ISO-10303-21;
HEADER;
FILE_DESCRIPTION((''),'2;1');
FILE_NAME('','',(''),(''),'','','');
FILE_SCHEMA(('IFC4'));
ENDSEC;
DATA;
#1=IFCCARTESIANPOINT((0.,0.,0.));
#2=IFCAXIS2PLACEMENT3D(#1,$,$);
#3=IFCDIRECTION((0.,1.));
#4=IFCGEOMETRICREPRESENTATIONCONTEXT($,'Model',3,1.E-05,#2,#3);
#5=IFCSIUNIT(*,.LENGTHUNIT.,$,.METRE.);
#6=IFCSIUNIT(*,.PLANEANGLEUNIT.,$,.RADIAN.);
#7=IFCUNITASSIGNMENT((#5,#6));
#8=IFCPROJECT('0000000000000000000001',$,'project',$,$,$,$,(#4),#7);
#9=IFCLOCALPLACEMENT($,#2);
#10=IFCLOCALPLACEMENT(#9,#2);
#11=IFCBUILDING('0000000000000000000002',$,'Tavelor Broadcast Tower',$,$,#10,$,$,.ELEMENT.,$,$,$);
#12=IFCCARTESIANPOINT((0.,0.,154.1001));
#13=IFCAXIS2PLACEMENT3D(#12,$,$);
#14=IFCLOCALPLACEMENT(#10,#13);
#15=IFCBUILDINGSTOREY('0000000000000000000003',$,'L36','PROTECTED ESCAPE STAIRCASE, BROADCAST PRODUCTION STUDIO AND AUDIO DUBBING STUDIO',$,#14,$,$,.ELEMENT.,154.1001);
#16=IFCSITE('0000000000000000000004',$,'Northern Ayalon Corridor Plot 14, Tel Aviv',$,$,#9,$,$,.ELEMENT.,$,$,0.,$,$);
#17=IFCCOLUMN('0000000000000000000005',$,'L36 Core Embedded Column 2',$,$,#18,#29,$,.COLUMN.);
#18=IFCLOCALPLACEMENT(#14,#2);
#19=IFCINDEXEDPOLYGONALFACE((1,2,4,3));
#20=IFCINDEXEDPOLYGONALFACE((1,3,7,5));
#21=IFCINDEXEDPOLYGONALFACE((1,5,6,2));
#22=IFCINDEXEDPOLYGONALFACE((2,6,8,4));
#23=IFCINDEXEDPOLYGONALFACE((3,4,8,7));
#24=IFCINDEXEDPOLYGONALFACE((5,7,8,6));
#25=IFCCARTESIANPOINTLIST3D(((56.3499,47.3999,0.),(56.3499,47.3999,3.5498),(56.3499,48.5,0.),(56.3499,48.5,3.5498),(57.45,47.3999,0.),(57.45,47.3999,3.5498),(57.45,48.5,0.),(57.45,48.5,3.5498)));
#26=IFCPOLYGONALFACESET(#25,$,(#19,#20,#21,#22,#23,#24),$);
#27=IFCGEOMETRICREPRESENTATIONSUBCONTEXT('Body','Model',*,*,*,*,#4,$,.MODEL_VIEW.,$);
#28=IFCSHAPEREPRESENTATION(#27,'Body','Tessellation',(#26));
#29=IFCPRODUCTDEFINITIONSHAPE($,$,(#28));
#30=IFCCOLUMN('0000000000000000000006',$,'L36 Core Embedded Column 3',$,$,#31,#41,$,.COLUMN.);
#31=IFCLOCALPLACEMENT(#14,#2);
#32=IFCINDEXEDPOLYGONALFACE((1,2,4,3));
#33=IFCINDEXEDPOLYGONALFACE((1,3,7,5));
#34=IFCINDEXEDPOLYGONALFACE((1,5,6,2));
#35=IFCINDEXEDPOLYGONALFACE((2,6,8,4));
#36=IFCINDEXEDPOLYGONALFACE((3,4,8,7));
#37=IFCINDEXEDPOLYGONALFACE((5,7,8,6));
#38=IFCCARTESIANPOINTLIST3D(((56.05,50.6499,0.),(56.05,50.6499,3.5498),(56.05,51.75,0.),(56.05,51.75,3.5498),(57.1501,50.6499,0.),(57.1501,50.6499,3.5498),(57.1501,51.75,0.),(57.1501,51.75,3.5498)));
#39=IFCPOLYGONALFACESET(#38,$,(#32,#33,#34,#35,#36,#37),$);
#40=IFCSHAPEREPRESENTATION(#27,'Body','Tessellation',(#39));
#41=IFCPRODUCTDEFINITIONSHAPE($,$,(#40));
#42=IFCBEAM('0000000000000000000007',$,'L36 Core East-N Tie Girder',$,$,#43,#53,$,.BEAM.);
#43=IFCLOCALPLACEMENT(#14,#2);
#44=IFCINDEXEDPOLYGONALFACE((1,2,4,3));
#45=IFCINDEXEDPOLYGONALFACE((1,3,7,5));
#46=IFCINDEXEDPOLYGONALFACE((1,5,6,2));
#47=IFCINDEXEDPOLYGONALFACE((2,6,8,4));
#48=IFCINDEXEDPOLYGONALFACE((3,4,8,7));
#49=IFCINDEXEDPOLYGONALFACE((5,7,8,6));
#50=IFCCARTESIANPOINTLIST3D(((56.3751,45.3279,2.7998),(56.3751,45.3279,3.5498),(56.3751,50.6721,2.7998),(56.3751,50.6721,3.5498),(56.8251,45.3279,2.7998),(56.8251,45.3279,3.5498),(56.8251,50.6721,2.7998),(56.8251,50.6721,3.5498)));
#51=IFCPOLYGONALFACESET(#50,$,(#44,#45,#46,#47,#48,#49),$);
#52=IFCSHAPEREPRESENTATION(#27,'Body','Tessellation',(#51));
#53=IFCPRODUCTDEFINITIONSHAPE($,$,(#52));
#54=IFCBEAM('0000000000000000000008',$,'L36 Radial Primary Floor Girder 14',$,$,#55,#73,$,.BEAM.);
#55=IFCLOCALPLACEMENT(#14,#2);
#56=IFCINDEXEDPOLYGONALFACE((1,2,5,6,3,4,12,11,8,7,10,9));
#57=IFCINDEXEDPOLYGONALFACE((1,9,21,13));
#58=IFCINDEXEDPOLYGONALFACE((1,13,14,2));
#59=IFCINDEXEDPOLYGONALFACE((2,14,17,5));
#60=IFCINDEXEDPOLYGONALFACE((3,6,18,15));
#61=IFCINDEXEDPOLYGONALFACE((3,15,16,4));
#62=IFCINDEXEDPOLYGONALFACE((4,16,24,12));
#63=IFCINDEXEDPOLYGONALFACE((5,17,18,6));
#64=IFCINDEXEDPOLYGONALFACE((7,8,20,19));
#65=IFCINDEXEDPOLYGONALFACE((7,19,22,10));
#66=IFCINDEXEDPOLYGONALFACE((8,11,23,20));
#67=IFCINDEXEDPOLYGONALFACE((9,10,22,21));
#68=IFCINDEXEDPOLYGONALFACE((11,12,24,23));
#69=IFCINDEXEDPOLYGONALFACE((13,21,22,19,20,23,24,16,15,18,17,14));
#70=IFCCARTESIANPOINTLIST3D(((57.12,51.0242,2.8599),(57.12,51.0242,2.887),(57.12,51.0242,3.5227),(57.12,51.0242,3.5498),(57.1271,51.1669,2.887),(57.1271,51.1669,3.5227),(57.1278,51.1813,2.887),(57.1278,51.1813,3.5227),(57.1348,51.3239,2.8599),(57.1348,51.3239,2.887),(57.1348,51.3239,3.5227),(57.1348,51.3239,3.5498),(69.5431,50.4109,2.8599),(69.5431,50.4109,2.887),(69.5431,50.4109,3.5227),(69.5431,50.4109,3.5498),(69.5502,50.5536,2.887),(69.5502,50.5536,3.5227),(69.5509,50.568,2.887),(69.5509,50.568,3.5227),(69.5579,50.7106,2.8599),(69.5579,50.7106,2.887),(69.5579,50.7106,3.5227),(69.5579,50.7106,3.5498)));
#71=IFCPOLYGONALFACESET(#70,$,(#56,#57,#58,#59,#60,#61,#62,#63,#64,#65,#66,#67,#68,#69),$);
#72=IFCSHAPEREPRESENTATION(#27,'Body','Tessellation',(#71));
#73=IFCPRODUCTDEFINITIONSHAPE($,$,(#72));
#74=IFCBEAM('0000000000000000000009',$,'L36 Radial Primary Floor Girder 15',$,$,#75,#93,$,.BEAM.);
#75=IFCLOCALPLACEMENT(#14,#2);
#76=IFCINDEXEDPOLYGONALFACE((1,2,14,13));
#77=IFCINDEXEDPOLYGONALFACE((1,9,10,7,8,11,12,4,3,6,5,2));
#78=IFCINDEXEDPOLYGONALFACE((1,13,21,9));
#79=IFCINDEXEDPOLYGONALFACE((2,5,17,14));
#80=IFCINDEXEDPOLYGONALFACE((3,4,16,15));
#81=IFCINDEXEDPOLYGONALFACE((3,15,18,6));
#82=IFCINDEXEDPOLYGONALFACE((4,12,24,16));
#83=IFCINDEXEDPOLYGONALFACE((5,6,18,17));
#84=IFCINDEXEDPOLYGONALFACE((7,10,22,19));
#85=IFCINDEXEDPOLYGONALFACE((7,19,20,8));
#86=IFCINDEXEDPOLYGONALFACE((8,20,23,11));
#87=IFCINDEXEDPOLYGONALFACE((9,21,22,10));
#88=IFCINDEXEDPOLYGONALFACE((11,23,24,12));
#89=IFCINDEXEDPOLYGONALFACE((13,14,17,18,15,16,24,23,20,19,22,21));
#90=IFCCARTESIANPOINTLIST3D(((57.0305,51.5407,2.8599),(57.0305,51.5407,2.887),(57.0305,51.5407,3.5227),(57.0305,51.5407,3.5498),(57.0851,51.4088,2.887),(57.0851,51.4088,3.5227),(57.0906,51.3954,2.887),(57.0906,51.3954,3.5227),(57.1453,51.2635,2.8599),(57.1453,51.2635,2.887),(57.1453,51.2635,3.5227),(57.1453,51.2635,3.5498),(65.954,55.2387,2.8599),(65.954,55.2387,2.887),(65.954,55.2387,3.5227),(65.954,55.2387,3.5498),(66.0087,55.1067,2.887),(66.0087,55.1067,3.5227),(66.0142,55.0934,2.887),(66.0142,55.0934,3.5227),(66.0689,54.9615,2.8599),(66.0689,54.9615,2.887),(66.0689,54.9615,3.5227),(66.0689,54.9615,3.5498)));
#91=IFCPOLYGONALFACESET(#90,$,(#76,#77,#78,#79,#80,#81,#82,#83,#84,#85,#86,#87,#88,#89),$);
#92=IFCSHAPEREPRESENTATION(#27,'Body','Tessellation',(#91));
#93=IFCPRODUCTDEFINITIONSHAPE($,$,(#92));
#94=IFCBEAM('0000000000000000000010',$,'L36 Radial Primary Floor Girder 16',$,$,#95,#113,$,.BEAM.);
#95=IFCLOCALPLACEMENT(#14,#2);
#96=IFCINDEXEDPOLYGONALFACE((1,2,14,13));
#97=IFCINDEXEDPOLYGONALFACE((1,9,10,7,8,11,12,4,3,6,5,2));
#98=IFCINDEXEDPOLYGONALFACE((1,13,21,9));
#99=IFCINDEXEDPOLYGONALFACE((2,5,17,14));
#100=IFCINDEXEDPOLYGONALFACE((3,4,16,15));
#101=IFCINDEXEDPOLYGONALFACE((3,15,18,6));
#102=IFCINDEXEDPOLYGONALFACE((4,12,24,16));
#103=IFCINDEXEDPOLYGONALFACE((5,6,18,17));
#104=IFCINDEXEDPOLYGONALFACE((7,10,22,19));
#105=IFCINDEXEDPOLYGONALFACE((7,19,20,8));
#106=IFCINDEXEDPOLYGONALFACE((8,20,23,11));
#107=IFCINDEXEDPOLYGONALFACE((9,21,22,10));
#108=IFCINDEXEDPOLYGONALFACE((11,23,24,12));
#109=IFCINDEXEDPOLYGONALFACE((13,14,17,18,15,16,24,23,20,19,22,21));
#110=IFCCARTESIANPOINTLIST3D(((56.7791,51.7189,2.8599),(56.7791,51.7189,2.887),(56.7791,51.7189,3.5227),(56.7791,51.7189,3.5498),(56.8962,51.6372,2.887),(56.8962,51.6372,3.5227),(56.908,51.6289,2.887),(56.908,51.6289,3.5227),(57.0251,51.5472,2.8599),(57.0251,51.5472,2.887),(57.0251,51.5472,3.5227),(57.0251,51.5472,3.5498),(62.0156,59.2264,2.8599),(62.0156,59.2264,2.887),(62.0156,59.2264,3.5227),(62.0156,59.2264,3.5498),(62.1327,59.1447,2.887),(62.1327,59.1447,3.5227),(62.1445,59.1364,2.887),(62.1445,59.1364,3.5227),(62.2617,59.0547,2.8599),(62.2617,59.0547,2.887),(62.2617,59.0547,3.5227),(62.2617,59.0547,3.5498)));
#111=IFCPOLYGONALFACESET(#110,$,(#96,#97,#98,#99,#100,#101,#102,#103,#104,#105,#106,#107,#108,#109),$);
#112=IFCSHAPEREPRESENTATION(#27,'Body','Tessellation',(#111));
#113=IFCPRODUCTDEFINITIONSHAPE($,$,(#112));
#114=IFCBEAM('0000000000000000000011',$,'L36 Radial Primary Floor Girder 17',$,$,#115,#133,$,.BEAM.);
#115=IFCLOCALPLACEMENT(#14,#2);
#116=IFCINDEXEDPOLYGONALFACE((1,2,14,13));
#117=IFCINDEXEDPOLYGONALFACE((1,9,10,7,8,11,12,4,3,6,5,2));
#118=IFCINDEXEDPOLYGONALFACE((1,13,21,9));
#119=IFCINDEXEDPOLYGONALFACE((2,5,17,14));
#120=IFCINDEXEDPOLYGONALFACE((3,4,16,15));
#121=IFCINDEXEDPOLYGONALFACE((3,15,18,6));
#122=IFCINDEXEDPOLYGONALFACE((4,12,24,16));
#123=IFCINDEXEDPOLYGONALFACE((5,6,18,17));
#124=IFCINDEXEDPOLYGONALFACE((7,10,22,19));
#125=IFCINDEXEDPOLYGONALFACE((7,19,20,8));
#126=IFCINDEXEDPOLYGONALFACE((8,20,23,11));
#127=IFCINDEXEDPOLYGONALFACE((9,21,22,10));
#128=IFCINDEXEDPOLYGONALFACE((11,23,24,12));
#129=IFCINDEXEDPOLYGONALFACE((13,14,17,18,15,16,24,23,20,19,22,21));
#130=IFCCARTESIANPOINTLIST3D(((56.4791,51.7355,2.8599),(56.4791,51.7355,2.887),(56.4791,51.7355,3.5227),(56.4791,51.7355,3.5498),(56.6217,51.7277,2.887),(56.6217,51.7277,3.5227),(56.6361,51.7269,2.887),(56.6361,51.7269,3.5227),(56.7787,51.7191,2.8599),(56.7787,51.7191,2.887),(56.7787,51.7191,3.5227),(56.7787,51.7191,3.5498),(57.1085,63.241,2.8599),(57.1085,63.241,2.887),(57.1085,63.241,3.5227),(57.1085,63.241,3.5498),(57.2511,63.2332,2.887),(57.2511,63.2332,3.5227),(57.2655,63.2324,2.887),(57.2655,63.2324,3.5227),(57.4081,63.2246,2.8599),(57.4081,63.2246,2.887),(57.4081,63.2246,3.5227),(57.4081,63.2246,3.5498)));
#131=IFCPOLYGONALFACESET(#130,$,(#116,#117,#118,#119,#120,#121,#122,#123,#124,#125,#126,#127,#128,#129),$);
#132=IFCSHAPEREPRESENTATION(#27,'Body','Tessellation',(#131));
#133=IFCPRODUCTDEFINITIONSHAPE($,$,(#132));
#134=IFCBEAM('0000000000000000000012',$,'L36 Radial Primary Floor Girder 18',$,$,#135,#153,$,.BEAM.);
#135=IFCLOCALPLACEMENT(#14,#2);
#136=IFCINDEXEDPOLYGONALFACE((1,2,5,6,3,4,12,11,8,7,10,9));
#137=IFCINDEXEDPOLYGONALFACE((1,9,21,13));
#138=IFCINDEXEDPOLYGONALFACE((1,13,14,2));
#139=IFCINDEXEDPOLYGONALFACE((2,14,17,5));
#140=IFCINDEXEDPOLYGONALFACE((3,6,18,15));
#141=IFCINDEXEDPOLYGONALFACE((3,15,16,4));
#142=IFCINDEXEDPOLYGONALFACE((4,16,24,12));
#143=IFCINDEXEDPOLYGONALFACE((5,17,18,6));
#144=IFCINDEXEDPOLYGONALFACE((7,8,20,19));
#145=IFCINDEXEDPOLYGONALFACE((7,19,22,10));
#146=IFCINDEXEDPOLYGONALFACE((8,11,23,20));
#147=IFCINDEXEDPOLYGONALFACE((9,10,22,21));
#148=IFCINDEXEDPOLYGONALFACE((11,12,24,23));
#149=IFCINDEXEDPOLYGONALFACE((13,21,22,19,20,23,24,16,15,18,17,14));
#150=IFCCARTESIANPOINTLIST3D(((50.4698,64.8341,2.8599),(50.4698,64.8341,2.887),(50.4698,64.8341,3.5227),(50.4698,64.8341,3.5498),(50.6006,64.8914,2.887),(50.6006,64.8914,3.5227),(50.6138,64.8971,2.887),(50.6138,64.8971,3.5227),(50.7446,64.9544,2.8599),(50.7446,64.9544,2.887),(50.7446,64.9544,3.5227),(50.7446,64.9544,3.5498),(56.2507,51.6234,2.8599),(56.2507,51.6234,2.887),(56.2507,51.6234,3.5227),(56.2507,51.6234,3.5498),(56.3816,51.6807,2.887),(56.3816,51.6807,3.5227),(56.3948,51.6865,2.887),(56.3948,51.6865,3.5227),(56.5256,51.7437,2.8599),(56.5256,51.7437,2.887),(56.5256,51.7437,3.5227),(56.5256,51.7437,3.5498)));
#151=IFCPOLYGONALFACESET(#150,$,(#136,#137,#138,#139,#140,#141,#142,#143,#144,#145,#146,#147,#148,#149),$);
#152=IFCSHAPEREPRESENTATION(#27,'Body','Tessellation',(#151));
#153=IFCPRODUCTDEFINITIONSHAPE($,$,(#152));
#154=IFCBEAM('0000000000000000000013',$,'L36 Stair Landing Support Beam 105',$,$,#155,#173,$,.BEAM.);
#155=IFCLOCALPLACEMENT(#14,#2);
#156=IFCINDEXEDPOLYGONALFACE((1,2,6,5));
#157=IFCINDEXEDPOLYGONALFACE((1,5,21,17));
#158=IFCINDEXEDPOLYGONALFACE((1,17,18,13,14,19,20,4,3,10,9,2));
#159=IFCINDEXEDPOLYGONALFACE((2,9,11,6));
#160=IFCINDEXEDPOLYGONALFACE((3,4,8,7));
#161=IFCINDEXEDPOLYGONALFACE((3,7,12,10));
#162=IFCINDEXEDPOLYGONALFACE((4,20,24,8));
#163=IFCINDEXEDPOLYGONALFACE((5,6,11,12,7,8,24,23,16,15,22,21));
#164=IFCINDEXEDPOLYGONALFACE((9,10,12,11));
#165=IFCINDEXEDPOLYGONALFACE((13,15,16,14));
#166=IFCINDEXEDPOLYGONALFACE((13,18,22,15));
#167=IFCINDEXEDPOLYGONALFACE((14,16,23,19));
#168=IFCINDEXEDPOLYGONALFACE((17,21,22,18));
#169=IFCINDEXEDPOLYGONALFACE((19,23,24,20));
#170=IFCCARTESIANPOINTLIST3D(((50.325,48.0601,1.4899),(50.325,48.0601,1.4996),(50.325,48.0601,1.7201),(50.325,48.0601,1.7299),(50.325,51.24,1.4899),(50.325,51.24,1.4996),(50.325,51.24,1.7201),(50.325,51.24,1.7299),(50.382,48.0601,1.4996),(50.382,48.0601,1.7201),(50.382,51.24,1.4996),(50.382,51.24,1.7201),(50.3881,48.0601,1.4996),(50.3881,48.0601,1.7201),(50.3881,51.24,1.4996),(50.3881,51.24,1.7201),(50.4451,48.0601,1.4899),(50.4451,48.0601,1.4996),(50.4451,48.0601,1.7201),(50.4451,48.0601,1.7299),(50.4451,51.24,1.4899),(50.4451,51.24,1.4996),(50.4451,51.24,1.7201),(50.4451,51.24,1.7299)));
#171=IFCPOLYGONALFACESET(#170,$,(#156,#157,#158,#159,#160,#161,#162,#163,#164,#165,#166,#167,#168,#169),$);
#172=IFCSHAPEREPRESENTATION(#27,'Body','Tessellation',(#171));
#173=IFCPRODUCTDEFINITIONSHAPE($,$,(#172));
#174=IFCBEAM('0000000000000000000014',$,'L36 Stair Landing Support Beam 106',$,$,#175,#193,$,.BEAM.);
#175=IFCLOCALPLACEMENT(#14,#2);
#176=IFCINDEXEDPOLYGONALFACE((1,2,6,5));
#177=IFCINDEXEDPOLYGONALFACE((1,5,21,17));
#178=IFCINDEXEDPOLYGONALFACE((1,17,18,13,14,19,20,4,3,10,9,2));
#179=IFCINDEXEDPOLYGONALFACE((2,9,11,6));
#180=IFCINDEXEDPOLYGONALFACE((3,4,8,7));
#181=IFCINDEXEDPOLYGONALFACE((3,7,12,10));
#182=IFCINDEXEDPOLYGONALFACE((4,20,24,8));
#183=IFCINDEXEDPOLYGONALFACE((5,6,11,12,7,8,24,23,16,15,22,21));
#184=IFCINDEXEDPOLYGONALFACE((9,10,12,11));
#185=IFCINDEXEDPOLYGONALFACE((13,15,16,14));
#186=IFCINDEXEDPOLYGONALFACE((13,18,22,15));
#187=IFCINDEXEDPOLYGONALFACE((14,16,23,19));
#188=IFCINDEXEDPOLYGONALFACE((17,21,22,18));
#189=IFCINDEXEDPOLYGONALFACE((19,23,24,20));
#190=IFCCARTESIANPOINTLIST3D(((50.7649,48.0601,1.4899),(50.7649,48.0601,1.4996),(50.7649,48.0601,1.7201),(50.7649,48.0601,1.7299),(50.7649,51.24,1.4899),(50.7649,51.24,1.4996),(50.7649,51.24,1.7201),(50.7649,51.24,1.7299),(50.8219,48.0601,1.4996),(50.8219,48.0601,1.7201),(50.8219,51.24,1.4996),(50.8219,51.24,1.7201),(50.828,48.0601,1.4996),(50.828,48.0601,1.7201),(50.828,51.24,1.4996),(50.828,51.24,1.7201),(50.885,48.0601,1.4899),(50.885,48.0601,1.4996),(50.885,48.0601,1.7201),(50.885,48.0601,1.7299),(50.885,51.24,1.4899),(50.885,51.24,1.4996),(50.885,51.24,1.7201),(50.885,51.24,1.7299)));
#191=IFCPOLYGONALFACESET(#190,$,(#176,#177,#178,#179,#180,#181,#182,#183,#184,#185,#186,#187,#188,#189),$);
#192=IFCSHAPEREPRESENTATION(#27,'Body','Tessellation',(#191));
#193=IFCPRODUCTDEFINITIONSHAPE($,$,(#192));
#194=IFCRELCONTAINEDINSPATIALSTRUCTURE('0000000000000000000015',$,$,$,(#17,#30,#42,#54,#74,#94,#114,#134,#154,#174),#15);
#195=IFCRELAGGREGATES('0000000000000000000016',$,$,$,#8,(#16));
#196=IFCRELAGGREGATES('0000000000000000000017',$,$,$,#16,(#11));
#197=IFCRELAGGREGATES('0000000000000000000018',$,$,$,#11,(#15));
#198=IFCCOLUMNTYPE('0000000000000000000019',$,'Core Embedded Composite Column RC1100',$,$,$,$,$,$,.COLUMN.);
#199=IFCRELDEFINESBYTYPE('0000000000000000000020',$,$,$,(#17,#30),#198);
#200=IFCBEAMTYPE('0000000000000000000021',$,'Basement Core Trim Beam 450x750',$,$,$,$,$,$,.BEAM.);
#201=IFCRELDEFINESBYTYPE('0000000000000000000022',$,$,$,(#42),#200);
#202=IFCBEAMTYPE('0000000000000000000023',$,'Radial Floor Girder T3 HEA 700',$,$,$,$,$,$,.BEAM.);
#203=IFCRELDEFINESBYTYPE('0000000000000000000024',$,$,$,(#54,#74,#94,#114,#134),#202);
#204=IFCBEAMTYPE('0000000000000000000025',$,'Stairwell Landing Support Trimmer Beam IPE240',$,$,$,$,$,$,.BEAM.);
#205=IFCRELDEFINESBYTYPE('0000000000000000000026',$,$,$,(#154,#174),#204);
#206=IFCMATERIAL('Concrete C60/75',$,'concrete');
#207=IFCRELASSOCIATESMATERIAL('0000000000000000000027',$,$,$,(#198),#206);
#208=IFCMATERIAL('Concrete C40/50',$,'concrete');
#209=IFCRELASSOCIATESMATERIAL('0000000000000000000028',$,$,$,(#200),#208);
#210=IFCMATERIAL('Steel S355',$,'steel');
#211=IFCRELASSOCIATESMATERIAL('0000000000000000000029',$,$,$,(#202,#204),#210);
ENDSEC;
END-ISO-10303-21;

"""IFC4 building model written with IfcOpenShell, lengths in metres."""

from ifc_helpers import new_model, si_unit, direction, frame, origin, origin_2d, place, context, subcontext, project, spatial, rectangle, i_section, extrude, material, material_profile, profile_set, type_object, element, save


model = new_model("IFC4")

# Units and contexts
model_context = context("Model", 3, precision=1e-05, world=origin(), true_north=direction((0.0, 1.0)))
body_context = subcontext(model_context, "Body", "Model", "MODEL_VIEW")
ifc_project = project(units=[si_unit("LENGTHUNIT", "METRE"), si_unit("PLANEANGLEUNIT", "RADIAN")], contexts=[model_context])

# Site, building, storey
site_placement = place(None, origin())
site = spatial("IfcSite", under=ifc_project, at=site_placement, Name="Northern Ayalon Corridor Plot 14, Tel Aviv", CompositionType="ELEMENT", RefElevation=0.0)
building_placement = place(site_placement, origin())
building = spatial("IfcBuilding", under=site, at=building_placement, Name="Tavelor Broadcast Tower", CompositionType="ELEMENT")
storey_placement = place(building_placement, frame((0.0, 0.0, 154.1001)))
storey = spatial("IfcBuildingStorey", under=building, at=storey_placement, Name="L36", Description="PROTECTED ESCAPE STAIRCASE, BROADCAST PRODUCTION STUDIO AND AUDIO DUBBING STUDIO", CompositionType="ELEMENT", Elevation=154.1001)

# Columns
ifc_material_1 = material(Name="Concrete C60/75", Category="concrete")
ifc_material_profile_1 = material_profile(ifc_material_1, rectangle(XDim=1.1001, YDim=1.1001, at=origin_2d()), Name="RC 1100x1100")
ifc_profile_set_1 = profile_set([ifc_material_profile_1], Name="Concrete C60/75")
column_type = type_object("IfcColumnType", Name="Core Embedded Composite Column RC1100", PredefinedType="COLUMN", material=ifc_profile_set_1)
for number, where, z_axis, x_axis, name in (
    (1, (56.8999, 47.95, 0.0), (0.0, 0.0, 1.0), (1.0, 0.0, 0.0), "L36 Core Embedded Column 2"),
    (2, (56.6001, 51.2, 0.0), (0.0, 0.0, 1.0), (1.0, 0.0, 0.0), "L36 Core Embedded Column 3"),
):
    element("IfcColumn", number, at=place(storey_placement, frame(where, z_axis=z_axis, x_axis=x_axis)), inside=storey, type_object=column_type, Name=name, PredefinedType="COLUMN", context=body_context, shape_type="SweptSolid", body=[
        extrude(rectangle(XDim=1.1001, YDim=1.1001, at=origin_2d()), origin(), (0.0, 0.0, 1.0), 3.5498),
    ])

# Beams
ifc_material_2 = material(Name="Concrete C40/50", Category="concrete")
ifc_material_profile_2 = material_profile(ifc_material_2, rectangle(XDim=0.45, YDim=0.75, at=origin_2d()), Name="RC 450x750")
ifc_profile_set_2 = profile_set([ifc_material_profile_2], Name="Concrete C40/50")
beam_type_1 = type_object("IfcBeamType", Name="Basement Core Trim Beam 450x750", PredefinedType="BEAM", material=ifc_profile_set_2)
beam_1_placement = place(storey_placement, frame((56.6001, 45.3279, 3.1748), z_axis=(0.0, 1.0, 0.0), x_axis=(-1.0, 0.0, 0.0)))
element("IfcBeam", 3, at=beam_1_placement, inside=storey, type_object=beam_type_1, Name="L36 Core East-N Tie Girder", PredefinedType="BEAM", context=body_context, shape_type="SweptSolid", body=[
    extrude(rectangle(XDim=0.45, YDim=0.75, at=origin_2d()), origin(), (0.0, 0.0, 1.0), 5.3442),
])
ifc_material_3 = material(Name="Steel S355", Category="steel")
ifc_material_profile_3 = material_profile(ifc_material_3, i_section(OverallWidth=0.3, OverallDepth=0.6899, WebThickness=0.0144, FlangeThickness=0.0271, at=origin_2d()), Name="HEA 700")
ifc_profile_set_3 = profile_set([ifc_material_profile_3], Name="Steel S355")
beam_type_2 = type_object("IfcBeamType", Name="Radial Floor Girder T3 HEA 700", PredefinedType="BEAM", material=ifc_profile_set_3)
beam_2_placement = place(storey_placement, frame((57.1274, 51.1741, 3.2048), z_axis=(0.998784, -0.049306, 0.0), x_axis=(0.049306, 0.998784, 0.0)))
element("IfcBeam", 4, at=beam_2_placement, inside=storey, type_object=beam_type_2, Name="L36 Radial Primary Floor Girder 14", PredefinedType="BEAM", context=body_context, shape_type="SweptSolid", body=[
    extrude(i_section(OverallWidth=0.3, OverallDepth=0.6899, WebThickness=0.0144, FlangeThickness=0.0271, at=origin_2d()), origin(), (0.0, 0.0, 1.0), 12.4382),
])
beam_3_placement = place(storey_placement, frame((57.0879, 51.4021, 3.2048), z_axis=(0.923816, 0.382836, 0.0), x_axis=(-0.382836, 0.923816, 0.0)))
element("IfcBeam", 5, at=beam_3_placement, inside=storey, type_object=beam_type_2, Name="L36 Radial Primary Floor Girder 15", PredefinedType="BEAM", context=body_context, shape_type="SweptSolid", body=[
    extrude(i_section(OverallWidth=0.3, OverallDepth=0.6899, WebThickness=0.0144, FlangeThickness=0.0271, at=origin_2d()), origin(), (0.0, 0.0, 1.0), 9.6594),
])
beam_4_placement = place(storey_placement, frame((56.9021, 51.6331, 3.2048), z_axis=(0.572089, 0.820192, 0.0), x_axis=(-0.820192, 0.572089, 0.0)))
element("IfcBeam", 6, at=beam_4_placement, inside=storey, type_object=beam_type_2, Name="L36 Radial Primary Floor Girder 16", PredefinedType="BEAM", context=body_context, shape_type="SweptSolid", body=[
    extrude(i_section(OverallWidth=0.3, OverallDepth=0.6899, WebThickness=0.0144, FlangeThickness=0.0271, at=origin_2d()), origin(), (0.0, 0.0, 1.0), 9.1533),
])
beam_5_placement = place(storey_placement, frame((56.6289, 51.7273, 3.2048), z_axis=(0.054622, 0.998507, 0.0), x_axis=(-0.998507, 0.054622, 0.0)))
element("IfcBeam", 7, at=beam_5_placement, inside=storey, type_object=beam_type_2, Name="L36 Radial Primary Floor Girder 17", PredefinedType="BEAM", context=body_context, shape_type="SweptSolid", body=[
    extrude(i_section(OverallWidth=0.3, OverallDepth=0.6899, WebThickness=0.0144, FlangeThickness=0.0271, at=origin_2d()), origin(), (0.0, 0.0, 1.0), 11.5227),
])
beam_6_placement = place(storey_placement, frame((56.3882, 51.6836, 3.2048), z_axis=(-0.400896, 0.916124, 0.0), x_axis=(-0.916124, -0.400896, 0.0)))
element("IfcBeam", 8, at=beam_6_placement, inside=storey, type_object=beam_type_2, Name="L36 Radial Primary Floor Girder 18", PredefinedType="BEAM", context=body_context, shape_type="SweptSolid", body=[
    extrude(i_section(OverallWidth=0.3, OverallDepth=0.6899, WebThickness=0.0144, FlangeThickness=0.0271, at=origin_2d()), origin(), (0.0, 0.0, 1.0), 14.4202),
])
ifc_material_profile_4 = material_profile(ifc_material_3, i_section(OverallWidth=0.1201, OverallDepth=0.24, WebThickness=0.0061, FlangeThickness=0.0098, at=origin_2d()), Name="IPE 240")
ifc_profile_set_4 = profile_set([ifc_material_profile_4], Name="Steel S355")
beam_type_3 = type_object("IfcBeamType", Name="Stairwell Landing Support Trimmer Beam IPE240", PredefinedType="BEAM", material=ifc_profile_set_4)
for number, where, z_axis, x_axis, name in (
    (9, (50.385, 48.0601, 1.6099), (0.0, 1.0, 0.0), (-1.0, 0.0, 0.0), "L36 Stair Landing Support Beam 105"),
    (10, (50.825, 48.0601, 1.6099), (0.0, 1.0, 0.0), (-1.0, 0.0, 0.0), "L36 Stair Landing Support Beam 106"),
):
    element("IfcBeam", number, at=place(storey_placement, frame(where, z_axis=z_axis, x_axis=x_axis)), inside=storey, type_object=beam_type_3, Name=name, PredefinedType="BEAM", context=body_context, shape_type="SweptSolid", body=[
        extrude(i_section(OverallWidth=0.1201, OverallDepth=0.24, WebThickness=0.0061, FlangeThickness=0.0098, at=origin_2d()), origin(), (0.0, 0.0, 1.0), 3.1799),
    ])

save(model, "model.ifc")
